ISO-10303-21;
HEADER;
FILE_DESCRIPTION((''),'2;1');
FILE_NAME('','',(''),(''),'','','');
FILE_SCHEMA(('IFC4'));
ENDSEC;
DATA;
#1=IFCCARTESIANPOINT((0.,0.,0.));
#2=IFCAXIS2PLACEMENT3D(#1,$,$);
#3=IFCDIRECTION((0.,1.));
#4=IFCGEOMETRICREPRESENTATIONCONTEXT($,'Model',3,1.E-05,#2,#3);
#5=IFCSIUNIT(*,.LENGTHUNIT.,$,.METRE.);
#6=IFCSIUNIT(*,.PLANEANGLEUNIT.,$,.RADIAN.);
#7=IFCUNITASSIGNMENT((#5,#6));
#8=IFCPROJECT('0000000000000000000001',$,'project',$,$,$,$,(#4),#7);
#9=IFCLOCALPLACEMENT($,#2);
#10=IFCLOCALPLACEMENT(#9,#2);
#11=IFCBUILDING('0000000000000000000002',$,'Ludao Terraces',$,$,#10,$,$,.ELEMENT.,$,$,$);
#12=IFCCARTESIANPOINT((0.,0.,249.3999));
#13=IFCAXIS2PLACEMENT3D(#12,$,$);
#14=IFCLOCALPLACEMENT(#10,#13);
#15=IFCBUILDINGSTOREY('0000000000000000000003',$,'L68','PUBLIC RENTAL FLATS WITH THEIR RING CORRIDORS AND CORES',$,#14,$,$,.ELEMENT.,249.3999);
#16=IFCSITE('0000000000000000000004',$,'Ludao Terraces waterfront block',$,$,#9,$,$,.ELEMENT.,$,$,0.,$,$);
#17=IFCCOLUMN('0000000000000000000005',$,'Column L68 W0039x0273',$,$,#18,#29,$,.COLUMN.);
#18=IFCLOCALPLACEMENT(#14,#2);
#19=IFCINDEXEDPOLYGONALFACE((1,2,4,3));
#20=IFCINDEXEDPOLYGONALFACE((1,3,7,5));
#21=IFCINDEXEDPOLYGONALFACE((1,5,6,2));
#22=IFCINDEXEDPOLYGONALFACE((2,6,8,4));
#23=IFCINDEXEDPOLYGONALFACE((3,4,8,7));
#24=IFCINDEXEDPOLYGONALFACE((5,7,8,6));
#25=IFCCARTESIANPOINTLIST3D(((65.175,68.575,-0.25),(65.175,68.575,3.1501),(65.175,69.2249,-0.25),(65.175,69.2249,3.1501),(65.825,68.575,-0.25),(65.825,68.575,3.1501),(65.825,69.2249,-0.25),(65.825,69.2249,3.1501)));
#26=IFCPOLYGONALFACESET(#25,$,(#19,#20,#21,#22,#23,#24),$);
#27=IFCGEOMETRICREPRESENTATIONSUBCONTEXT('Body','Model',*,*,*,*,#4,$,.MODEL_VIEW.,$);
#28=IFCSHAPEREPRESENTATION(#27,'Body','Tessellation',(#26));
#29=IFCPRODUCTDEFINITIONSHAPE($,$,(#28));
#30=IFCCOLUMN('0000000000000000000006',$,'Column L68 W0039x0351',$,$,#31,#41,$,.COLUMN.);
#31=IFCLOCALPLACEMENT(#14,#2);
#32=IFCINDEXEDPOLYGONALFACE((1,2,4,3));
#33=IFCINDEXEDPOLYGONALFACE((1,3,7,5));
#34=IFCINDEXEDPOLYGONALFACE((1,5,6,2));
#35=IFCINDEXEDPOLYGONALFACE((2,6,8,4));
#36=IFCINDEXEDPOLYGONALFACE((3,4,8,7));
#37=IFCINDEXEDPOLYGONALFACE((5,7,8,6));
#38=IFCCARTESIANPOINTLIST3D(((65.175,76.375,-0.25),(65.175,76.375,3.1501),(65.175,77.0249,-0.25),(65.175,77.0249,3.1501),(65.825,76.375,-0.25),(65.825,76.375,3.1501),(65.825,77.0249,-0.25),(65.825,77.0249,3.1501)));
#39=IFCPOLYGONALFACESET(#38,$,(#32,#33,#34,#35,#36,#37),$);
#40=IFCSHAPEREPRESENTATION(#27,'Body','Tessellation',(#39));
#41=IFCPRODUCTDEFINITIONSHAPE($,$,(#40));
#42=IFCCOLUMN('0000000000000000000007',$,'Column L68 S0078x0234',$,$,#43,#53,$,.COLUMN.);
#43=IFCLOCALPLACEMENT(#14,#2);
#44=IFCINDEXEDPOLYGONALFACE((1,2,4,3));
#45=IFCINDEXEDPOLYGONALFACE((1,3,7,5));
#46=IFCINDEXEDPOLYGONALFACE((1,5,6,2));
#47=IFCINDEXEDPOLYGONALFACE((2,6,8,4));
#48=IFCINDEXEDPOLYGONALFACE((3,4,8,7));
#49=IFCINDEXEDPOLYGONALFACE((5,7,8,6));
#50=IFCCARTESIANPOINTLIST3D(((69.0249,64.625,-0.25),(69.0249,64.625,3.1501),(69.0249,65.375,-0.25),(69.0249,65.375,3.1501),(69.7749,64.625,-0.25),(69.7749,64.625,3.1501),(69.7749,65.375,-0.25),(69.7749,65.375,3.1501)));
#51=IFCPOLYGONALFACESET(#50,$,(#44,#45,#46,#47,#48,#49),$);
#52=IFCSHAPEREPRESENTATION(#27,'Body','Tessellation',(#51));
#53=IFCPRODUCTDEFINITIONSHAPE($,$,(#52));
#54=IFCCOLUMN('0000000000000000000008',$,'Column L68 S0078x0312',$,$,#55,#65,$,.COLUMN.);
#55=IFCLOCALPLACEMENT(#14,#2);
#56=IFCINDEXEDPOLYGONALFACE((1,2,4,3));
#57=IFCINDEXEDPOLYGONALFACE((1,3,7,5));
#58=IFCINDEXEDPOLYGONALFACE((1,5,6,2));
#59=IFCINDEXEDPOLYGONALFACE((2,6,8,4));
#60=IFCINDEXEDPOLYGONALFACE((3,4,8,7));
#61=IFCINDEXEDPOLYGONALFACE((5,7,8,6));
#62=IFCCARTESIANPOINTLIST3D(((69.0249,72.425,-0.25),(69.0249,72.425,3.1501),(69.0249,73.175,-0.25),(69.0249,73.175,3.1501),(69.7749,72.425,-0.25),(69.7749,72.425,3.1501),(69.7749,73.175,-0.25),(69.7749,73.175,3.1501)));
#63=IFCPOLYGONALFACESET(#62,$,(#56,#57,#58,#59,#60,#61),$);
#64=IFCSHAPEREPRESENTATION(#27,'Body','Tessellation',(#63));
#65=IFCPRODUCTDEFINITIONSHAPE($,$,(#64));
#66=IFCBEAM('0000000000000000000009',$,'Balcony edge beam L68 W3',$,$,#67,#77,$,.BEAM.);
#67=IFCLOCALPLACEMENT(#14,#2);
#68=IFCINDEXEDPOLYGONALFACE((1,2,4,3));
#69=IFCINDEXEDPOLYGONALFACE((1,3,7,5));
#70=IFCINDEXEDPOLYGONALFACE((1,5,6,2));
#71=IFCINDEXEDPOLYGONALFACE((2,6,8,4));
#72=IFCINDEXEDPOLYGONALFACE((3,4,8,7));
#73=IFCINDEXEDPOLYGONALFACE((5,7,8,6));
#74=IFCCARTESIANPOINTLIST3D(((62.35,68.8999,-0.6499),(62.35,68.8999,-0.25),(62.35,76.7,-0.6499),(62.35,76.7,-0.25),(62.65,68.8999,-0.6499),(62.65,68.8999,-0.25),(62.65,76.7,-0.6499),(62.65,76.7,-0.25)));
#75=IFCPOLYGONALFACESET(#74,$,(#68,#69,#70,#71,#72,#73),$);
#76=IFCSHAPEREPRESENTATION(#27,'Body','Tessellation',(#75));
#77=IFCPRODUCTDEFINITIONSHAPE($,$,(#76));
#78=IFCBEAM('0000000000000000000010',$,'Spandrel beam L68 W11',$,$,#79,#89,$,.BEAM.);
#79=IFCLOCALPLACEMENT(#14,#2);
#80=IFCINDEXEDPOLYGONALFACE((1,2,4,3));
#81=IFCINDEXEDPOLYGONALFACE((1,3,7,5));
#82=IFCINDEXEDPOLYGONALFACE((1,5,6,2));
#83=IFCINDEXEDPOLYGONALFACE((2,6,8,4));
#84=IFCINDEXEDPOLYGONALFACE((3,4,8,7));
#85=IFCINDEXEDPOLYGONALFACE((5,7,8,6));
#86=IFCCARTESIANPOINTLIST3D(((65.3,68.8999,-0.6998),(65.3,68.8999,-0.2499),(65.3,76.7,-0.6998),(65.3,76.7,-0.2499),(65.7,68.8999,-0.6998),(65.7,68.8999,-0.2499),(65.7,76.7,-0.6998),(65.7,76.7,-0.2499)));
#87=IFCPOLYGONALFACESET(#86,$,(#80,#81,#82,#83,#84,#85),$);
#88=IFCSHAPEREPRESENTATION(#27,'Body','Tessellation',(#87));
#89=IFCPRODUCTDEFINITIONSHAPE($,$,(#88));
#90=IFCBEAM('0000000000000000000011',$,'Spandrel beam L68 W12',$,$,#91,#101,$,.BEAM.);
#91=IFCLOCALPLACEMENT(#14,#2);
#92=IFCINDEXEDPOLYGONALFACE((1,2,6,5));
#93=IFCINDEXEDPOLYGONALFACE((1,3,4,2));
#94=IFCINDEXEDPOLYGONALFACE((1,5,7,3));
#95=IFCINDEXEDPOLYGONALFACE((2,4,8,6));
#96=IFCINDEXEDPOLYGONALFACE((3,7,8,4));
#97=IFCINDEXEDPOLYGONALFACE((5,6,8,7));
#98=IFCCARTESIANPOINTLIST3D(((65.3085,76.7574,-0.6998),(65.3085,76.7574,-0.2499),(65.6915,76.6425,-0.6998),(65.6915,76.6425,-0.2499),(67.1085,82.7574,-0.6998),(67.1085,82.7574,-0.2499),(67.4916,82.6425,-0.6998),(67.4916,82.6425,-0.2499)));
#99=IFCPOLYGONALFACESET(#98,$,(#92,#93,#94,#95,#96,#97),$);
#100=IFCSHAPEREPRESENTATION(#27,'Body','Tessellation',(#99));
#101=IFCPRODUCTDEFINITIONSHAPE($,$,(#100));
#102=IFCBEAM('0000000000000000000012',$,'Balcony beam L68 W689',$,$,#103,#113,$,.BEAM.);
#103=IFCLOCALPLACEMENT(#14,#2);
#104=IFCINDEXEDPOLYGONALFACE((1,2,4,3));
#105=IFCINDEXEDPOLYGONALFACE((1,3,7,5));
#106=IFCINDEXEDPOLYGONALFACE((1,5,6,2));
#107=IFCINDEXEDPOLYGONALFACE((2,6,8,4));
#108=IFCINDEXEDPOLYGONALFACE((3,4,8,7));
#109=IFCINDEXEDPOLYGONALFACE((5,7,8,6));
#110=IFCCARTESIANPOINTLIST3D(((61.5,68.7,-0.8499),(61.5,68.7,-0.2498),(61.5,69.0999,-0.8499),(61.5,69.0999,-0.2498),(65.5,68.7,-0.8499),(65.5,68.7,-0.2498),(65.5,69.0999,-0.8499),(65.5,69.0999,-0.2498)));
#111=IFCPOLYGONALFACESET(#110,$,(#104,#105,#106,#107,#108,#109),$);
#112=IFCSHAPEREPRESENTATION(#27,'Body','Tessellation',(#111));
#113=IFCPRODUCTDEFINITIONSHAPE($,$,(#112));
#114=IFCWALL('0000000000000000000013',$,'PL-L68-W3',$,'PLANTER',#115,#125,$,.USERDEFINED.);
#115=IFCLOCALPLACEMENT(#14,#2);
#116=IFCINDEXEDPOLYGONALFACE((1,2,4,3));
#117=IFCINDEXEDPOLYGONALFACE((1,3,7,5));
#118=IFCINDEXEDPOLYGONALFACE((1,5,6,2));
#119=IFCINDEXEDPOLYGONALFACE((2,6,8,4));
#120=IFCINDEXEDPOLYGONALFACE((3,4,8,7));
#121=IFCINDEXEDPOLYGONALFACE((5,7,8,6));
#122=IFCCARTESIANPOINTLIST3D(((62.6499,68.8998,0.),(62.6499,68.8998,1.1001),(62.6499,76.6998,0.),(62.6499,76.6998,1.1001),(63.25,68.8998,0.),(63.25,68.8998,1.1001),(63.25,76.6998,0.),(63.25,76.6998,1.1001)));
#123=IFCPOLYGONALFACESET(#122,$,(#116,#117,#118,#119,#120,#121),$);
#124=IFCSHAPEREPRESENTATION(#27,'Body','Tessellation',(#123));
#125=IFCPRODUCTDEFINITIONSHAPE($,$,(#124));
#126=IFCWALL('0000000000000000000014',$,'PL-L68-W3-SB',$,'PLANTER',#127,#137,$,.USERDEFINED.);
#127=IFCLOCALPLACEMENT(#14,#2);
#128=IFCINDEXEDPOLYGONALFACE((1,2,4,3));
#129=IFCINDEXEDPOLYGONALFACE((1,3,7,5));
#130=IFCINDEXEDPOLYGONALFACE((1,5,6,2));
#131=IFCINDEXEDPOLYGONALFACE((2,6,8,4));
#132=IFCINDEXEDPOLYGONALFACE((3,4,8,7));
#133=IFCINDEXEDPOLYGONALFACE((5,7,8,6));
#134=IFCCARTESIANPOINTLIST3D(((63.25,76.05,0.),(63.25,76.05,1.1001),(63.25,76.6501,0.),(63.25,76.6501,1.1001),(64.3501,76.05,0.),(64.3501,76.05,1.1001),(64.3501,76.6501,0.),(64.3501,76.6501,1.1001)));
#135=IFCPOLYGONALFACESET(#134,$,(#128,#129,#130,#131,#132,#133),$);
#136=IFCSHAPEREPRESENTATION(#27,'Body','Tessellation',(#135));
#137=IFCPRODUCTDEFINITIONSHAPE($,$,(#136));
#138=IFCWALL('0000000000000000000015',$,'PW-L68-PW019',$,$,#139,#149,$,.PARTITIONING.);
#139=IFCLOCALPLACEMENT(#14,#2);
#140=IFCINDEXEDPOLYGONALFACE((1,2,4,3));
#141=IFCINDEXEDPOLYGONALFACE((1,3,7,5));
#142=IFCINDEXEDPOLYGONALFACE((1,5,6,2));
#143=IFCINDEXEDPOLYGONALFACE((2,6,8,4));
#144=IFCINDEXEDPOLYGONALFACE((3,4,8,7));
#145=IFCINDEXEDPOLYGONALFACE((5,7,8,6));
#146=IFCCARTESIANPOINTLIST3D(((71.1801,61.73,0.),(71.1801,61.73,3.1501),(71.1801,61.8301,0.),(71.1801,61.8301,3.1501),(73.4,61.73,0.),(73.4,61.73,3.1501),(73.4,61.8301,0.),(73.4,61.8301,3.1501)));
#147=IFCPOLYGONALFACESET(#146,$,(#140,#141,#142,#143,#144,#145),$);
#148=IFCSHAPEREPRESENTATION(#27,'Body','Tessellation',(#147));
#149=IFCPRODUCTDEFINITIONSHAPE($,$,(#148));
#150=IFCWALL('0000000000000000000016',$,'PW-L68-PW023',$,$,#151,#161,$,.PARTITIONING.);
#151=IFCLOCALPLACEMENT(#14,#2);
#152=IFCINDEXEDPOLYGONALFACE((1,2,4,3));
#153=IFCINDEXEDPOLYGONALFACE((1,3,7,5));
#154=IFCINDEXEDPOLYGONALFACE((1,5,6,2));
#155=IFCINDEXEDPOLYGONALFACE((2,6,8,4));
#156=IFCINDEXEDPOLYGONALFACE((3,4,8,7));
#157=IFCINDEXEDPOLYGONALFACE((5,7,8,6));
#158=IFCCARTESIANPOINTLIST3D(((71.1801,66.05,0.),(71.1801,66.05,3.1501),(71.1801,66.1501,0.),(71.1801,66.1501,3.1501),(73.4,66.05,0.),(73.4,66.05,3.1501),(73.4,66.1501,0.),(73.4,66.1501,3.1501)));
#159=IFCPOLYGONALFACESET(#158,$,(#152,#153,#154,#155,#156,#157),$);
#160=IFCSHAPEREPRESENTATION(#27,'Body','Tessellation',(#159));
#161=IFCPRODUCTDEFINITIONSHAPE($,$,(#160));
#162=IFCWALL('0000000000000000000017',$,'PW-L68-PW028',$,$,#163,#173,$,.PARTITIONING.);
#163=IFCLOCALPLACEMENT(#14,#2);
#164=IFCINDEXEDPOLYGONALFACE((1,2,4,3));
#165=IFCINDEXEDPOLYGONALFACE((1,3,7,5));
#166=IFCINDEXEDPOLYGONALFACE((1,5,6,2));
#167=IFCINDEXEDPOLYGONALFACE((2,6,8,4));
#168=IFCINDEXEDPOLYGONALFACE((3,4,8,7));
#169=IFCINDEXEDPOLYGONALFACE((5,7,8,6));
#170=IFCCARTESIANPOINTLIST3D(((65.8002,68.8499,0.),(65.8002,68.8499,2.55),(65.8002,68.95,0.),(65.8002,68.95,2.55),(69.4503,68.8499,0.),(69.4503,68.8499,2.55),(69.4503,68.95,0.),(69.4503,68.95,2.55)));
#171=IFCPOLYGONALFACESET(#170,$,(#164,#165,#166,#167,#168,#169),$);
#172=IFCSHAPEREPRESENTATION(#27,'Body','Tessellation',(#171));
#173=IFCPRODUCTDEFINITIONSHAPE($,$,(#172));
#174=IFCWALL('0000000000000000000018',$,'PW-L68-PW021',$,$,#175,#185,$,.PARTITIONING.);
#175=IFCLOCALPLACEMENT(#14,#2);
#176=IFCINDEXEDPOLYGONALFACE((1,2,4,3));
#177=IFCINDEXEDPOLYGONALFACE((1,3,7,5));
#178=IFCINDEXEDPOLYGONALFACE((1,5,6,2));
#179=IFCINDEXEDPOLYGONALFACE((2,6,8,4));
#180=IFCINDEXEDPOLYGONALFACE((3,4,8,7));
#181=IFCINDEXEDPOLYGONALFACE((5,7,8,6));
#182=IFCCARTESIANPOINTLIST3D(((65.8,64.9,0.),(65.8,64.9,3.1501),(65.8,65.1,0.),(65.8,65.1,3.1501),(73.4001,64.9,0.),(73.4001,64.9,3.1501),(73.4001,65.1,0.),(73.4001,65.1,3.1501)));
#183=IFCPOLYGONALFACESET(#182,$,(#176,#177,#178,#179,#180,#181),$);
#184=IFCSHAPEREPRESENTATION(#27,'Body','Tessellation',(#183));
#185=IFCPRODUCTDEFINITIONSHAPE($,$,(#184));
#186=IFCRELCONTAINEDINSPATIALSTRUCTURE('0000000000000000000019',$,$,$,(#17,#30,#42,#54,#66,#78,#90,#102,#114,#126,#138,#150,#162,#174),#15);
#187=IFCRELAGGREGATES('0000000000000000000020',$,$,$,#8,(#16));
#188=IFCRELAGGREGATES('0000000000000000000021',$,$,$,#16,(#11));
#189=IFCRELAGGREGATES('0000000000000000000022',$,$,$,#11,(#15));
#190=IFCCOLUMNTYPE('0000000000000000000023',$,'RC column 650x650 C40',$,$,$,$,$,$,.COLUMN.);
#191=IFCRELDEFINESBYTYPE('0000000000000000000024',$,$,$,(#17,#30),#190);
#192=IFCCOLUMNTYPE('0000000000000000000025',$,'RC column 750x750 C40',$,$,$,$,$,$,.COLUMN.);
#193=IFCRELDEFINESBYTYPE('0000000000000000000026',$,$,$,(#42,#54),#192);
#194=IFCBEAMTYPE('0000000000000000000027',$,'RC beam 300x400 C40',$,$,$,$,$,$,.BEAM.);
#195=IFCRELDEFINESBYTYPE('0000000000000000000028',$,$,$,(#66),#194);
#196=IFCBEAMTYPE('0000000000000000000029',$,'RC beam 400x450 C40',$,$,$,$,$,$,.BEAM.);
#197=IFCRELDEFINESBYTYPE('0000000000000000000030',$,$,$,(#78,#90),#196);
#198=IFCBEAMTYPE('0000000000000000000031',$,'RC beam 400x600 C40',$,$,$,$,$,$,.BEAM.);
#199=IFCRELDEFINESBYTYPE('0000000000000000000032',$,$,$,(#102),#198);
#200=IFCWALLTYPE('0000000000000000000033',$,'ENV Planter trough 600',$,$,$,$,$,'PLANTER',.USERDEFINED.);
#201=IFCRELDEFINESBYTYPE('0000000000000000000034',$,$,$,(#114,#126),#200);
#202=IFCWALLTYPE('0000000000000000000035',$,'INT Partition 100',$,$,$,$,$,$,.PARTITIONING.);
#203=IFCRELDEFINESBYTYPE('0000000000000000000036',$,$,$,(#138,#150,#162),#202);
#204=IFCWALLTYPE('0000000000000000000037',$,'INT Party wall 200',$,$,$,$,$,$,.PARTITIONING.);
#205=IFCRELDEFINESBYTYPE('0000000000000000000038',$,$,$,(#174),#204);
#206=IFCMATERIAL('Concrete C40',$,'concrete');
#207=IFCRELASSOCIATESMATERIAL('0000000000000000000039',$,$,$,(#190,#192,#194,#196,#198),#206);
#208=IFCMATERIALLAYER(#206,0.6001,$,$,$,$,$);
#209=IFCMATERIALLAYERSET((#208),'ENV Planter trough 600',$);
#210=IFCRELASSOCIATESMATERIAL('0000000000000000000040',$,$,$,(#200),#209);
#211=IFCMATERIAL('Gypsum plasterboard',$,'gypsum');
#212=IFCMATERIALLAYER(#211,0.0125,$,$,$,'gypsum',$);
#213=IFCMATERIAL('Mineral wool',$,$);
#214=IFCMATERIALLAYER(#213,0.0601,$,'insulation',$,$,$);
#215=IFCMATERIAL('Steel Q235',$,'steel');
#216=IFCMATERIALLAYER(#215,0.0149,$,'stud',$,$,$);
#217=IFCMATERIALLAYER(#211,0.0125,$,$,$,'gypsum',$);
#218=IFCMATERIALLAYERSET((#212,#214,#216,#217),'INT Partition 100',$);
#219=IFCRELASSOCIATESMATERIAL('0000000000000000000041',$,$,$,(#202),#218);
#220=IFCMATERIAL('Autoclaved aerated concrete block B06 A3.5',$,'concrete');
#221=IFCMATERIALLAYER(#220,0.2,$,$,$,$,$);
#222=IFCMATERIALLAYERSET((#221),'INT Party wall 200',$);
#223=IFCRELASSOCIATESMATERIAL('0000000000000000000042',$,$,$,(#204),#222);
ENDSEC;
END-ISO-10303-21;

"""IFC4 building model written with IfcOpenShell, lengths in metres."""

from ifc_helpers import new_model, si_unit, direction, frame, frame_2d, origin, origin_2d, place, context, subcontext, project, spatial, rectangle, extrude, material, layer, layer_set, material_profile, profile_set, type_object, element, save


model = new_model("IFC4")

# Units and contexts
model_context = context("Model", 3, precision=1e-05, world=origin(), true_north=direction((0.0, 1.0)))
body_context = subcontext(model_context, "Body", "Model", "MODEL_VIEW")
ifc_project = project(units=[si_unit("LENGTHUNIT", "METRE"), si_unit("PLANEANGLEUNIT", "RADIAN")], contexts=[model_context])

# Site, building, storey
site_placement = place(None, origin())
site = spatial("IfcSite", under=ifc_project, at=site_placement, Name="Ludao Terraces waterfront block", CompositionType="ELEMENT", RefElevation=0.0)
building_placement = place(site_placement, origin())
building = spatial("IfcBuilding", under=site, at=building_placement, Name="Ludao Terraces", CompositionType="ELEMENT")
storey_placement = place(building_placement, frame((0.0, 0.0, 249.3999)))
storey = spatial("IfcBuildingStorey", under=building, at=storey_placement, Name="L68", Description="PUBLIC RENTAL FLATS WITH THEIR RING CORRIDORS AND CORES", CompositionType="ELEMENT", Elevation=249.3999)

# Columns
ifc_material_1 = material(Name="Concrete C40", Category="concrete")
ifc_material_profile_1 = material_profile(ifc_material_1, rectangle(XDim=0.6499, YDim=0.6499, at=origin_2d()), Name="650 X 650")
ifc_profile_set_1 = profile_set([ifc_material_profile_1], Name="Concrete C40")
column_type_1 = type_object("IfcColumnType", Name="RC column 650x650 C40", PredefinedType="COLUMN", material=ifc_profile_set_1)
for number, where, z_axis, x_axis, name in (
    (1, (65.5, 68.8999, -0.25), (0.0, 0.0, 1.0), (1.0, 0.0, 0.0), "Column L68 W0039x0273"),
    (2, (65.5, 76.7, -0.25), (0.0, 0.0, 1.0), (1.0, 0.0, 0.0), "Column L68 W0039x0351"),
):
    element("IfcColumn", number, at=place(storey_placement, frame(where, z_axis=z_axis, x_axis=x_axis)), inside=storey, type_object=column_type_1, Name=name, PredefinedType="COLUMN", context=body_context, shape_type="SweptSolid", body=[
        extrude(rectangle(XDim=0.6499, YDim=0.6499, at=origin_2d()), origin(), (0.0, 0.0, 1.0), 3.4001),
    ])
ifc_material_profile_2 = material_profile(ifc_material_1, rectangle(XDim=0.75, YDim=0.75, at=origin_2d()), Name="750 X 750")
ifc_profile_set_2 = profile_set([ifc_material_profile_2], Name="Concrete C40")
column_type_2 = type_object("IfcColumnType", Name="RC column 750x750 C40", PredefinedType="COLUMN", material=ifc_profile_set_2)
for number, where, z_axis, x_axis, name in (
    (3, (69.3999, 65.0, -0.25), (0.0, 0.0, 1.0), (1.0, 0.0, 0.0), "Column L68 S0078x0234"),
    (4, (69.3999, 72.8, -0.25), (0.0, 0.0, 1.0), (1.0, 0.0, 0.0), "Column L68 S0078x0312"),
):
    element("IfcColumn", number, at=place(storey_placement, frame(where, z_axis=z_axis, x_axis=x_axis)), inside=storey, type_object=column_type_2, Name=name, PredefinedType="COLUMN", context=body_context, shape_type="SweptSolid", body=[
        extrude(rectangle(XDim=0.75, YDim=0.75, at=origin_2d()), origin(), (0.0, 0.0, 1.0), 3.4001),
    ])

# Beams
ifc_material_profile_3 = material_profile(ifc_material_1, rectangle(XDim=0.3, YDim=0.3999, at=origin_2d()), Name="300 X 400")
ifc_profile_set_3 = profile_set([ifc_material_profile_3], Name="Concrete C40")
beam_type_1 = type_object("IfcBeamType", Name="RC beam 300x400 C40", PredefinedType="BEAM", material=ifc_profile_set_3)
beam_1_placement = place(storey_placement, frame((62.5, 68.8999, -0.45), z_axis=(0.0, 1.0, 0.0), x_axis=(-1.0, 0.0, 0.0)))
element("IfcBeam", 5, at=beam_1_placement, inside=storey, type_object=beam_type_1, Name="Balcony edge beam L68 W3", PredefinedType="BEAM", context=body_context, shape_type="SweptSolid", body=[
    extrude(rectangle(XDim=0.3, YDim=0.3999, at=origin_2d()), origin(), (0.0, 0.0, 1.0), 7.8),
])
ifc_material_profile_4 = material_profile(ifc_material_1, rectangle(XDim=0.3999, YDim=0.45, at=origin_2d()), Name="400 X 450")
ifc_profile_set_4 = profile_set([ifc_material_profile_4], Name="Concrete C40")
beam_type_2 = type_object("IfcBeamType", Name="RC beam 400x450 C40", PredefinedType="BEAM", material=ifc_profile_set_4)
beam_2_placement = place(storey_placement, frame((65.5, 68.8999, -0.4749), z_axis=(0.0, 1.0, 0.0), x_axis=(-1.0, 0.0, 0.0)))
element("IfcBeam", 6, at=beam_2_placement, inside=storey, type_object=beam_type_2, Name="Spandrel beam L68 W11", PredefinedType="BEAM", context=body_context, shape_type="SweptSolid", body=[
    extrude(rectangle(XDim=0.3999, YDim=0.45, at=origin_2d()), origin(), (0.0, 0.0, 1.0), 7.8),
])
beam_3_placement = place(storey_placement, frame((65.5, 76.7, -0.4749), z_axis=(0.287355, 0.957824, 0.0), x_axis=(-0.957824, 0.287355, 0.0)))
element("IfcBeam", 7, at=beam_3_placement, inside=storey, type_object=beam_type_2, Name="Spandrel beam L68 W12", PredefinedType="BEAM", context=body_context, shape_type="SweptSolid", body=[
    extrude(rectangle(XDim=0.3999, YDim=0.45, at=origin_2d()), origin(), (0.0, 0.0, 1.0), 6.2642),
])
ifc_material_profile_5 = material_profile(ifc_material_1, rectangle(XDim=0.3999, YDim=0.6001, at=origin_2d()), Name="400 X 600")
ifc_profile_set_5 = profile_set([ifc_material_profile_5], Name="Concrete C40")
beam_type_3 = type_object("IfcBeamType", Name="RC beam 400x600 C40", PredefinedType="BEAM", material=ifc_profile_set_5)
beam_4_placement = place(storey_placement, frame((65.5, 68.8999, -0.5498), z_axis=(-1.0, 0.0, 0.0), x_axis=(0.0, -1.0, 0.0)))
element("IfcBeam", 8, at=beam_4_placement, inside=storey, type_object=beam_type_3, Name="Balcony beam L68 W689", PredefinedType="BEAM", context=body_context, shape_type="SweptSolid", body=[
    extrude(rectangle(XDim=0.3999, YDim=0.6001, at=origin_2d()), origin(), (0.0, 0.0, 1.0), 4.0),
])

# Walls
ifc_layer_1 = layer(ifc_material_1, 0.6001)
ifc_layer_set_1 = layer_set([ifc_layer_1], Name="ENV Planter trough 600")
wall_type_1 = type_object("IfcWallType", Name="ENV Planter trough 600", ElementType="PLANTER", PredefinedType="USERDEFINED", material=ifc_layer_set_1)
wall_1_placement = place(storey_placement, frame((62.95, 68.8999, 0.0), z_axis=(0.0, 0.0, 1.0), x_axis=(0.0, 1.0, 0.0)))
element("IfcWall", 9, at=wall_1_placement, inside=storey, type_object=wall_type_1, Name="PL-L68-W3", ObjectType="PLANTER", PredefinedType="USERDEFINED", context=body_context, shape_type="SweptSolid", body=[
    extrude(rectangle(XDim=7.8, YDim=0.6001, at=frame_2d((3.8999, 0.0))), origin(), (0.0, 0.0, 1.0), 1.1001),
])
wall_2_placement = place(storey_placement, frame((63.25, 76.3501, 0.0), z_axis=(0.0, 0.0, 1.0), x_axis=(1.0, 0.0, 0.0)))
element("IfcWall", 10, at=wall_2_placement, inside=storey, type_object=wall_type_1, Name="PL-L68-W3-SB", ObjectType="PLANTER", PredefinedType="USERDEFINED", context=body_context, shape_type="SweptSolid", body=[
    extrude(rectangle(XDim=1.1001, YDim=0.6001, at=frame_2d((0.55, 0.0))), origin(), (0.0, 0.0, 1.0), 1.1001),
])

# Shared definitions
ifc_material_2 = material(Name="Mineral wool")

# Walls
ifc_material_3 = material(Name="Gypsum plasterboard", Category="gypsum")
ifc_layer_2 = layer(ifc_material_3, 0.0125, Category="gypsum")
ifc_layer_3 = layer(ifc_material_2, 0.0601, Name="insulation")
ifc_material_4 = material(Name="Steel Q235", Category="steel")
ifc_layer_4 = layer(ifc_material_4, 0.0149, Name="stud")
ifc_layer_5 = layer(ifc_material_3, 0.0125, Category="gypsum")
ifc_layer_set_2 = layer_set([ifc_layer_2, ifc_layer_3, ifc_layer_4, ifc_layer_5], Name="INT Partition 100")
wall_type_2 = type_object("IfcWallType", Name="INT Partition 100", PredefinedType="PARTITIONING", material=ifc_layer_set_2)
for number, where, z_axis, x_axis, name in (
    (11, (71.1802, 61.78, 0.0), (0.0, 0.0, 1.0), (1.0, 0.0, 0.0), "PW-L68-PW019"),
    (12, (71.1802, 66.1001, 0.0), (0.0, 0.0, 1.0), (1.0, 0.0, 0.0), "PW-L68-PW023"),
):
    element("IfcWall", number, at=place(storey_placement, frame(where, z_axis=z_axis, x_axis=x_axis)), inside=storey, type_object=wall_type_2, Name=name, PredefinedType="PARTITIONING", context=body_context, shape_type="SweptSolid", body=[
        extrude(rectangle(XDim=2.22, YDim=0.1001, at=frame_2d((1.1099, 0.0))), origin(), (0.0, 0.0, 1.0), 3.1501),
    ])
wall_3_placement = place(storey_placement, frame((65.8, 68.8999, 0.0), z_axis=(0.0, 0.0, 1.0), x_axis=(1.0, 0.0, 0.0)))
element("IfcWall", 13, at=wall_3_placement, inside=storey, type_object=wall_type_2, Name="PW-L68-PW028", PredefinedType="PARTITIONING", context=body_context, shape_type="SweptSolid", body=[
    extrude(rectangle(XDim=3.6501, YDim=0.1001, at=frame_2d((1.8252, 0.0))), origin(), (0.0, 0.0, 1.0), 2.55),
])
ifc_material_5 = material(Name="Autoclaved aerated concrete block B06 A3.5", Category="concrete")
ifc_layer_6 = layer(ifc_material_5, 0.2)
ifc_layer_set_3 = layer_set([ifc_layer_6], Name="INT Party wall 200")
wall_type_3 = type_object("IfcWallType", Name="INT Party wall 200", PredefinedType="PARTITIONING", material=ifc_layer_set_3)
for number, where, z_axis, x_axis, name in (
    (14, (65.8, 65.0, 0.0), (0.0, 0.0, 1.0), (1.0, 0.0, 0.0), "PW-L68-PW021"),
):
    element("IfcWall", number, at=place(storey_placement, frame(where, z_axis=z_axis, x_axis=x_axis)), inside=storey, type_object=wall_type_3, Name=name, PredefinedType="PARTITIONING", context=body_context, shape_type="SweptSolid", body=[
        extrude(rectangle(XDim=7.6001, YDim=0.2, at=frame_2d((3.8, 0.0))), origin(), (0.0, 0.0, 1.0), 3.1501),
    ])

save(model, "model.ifc")
